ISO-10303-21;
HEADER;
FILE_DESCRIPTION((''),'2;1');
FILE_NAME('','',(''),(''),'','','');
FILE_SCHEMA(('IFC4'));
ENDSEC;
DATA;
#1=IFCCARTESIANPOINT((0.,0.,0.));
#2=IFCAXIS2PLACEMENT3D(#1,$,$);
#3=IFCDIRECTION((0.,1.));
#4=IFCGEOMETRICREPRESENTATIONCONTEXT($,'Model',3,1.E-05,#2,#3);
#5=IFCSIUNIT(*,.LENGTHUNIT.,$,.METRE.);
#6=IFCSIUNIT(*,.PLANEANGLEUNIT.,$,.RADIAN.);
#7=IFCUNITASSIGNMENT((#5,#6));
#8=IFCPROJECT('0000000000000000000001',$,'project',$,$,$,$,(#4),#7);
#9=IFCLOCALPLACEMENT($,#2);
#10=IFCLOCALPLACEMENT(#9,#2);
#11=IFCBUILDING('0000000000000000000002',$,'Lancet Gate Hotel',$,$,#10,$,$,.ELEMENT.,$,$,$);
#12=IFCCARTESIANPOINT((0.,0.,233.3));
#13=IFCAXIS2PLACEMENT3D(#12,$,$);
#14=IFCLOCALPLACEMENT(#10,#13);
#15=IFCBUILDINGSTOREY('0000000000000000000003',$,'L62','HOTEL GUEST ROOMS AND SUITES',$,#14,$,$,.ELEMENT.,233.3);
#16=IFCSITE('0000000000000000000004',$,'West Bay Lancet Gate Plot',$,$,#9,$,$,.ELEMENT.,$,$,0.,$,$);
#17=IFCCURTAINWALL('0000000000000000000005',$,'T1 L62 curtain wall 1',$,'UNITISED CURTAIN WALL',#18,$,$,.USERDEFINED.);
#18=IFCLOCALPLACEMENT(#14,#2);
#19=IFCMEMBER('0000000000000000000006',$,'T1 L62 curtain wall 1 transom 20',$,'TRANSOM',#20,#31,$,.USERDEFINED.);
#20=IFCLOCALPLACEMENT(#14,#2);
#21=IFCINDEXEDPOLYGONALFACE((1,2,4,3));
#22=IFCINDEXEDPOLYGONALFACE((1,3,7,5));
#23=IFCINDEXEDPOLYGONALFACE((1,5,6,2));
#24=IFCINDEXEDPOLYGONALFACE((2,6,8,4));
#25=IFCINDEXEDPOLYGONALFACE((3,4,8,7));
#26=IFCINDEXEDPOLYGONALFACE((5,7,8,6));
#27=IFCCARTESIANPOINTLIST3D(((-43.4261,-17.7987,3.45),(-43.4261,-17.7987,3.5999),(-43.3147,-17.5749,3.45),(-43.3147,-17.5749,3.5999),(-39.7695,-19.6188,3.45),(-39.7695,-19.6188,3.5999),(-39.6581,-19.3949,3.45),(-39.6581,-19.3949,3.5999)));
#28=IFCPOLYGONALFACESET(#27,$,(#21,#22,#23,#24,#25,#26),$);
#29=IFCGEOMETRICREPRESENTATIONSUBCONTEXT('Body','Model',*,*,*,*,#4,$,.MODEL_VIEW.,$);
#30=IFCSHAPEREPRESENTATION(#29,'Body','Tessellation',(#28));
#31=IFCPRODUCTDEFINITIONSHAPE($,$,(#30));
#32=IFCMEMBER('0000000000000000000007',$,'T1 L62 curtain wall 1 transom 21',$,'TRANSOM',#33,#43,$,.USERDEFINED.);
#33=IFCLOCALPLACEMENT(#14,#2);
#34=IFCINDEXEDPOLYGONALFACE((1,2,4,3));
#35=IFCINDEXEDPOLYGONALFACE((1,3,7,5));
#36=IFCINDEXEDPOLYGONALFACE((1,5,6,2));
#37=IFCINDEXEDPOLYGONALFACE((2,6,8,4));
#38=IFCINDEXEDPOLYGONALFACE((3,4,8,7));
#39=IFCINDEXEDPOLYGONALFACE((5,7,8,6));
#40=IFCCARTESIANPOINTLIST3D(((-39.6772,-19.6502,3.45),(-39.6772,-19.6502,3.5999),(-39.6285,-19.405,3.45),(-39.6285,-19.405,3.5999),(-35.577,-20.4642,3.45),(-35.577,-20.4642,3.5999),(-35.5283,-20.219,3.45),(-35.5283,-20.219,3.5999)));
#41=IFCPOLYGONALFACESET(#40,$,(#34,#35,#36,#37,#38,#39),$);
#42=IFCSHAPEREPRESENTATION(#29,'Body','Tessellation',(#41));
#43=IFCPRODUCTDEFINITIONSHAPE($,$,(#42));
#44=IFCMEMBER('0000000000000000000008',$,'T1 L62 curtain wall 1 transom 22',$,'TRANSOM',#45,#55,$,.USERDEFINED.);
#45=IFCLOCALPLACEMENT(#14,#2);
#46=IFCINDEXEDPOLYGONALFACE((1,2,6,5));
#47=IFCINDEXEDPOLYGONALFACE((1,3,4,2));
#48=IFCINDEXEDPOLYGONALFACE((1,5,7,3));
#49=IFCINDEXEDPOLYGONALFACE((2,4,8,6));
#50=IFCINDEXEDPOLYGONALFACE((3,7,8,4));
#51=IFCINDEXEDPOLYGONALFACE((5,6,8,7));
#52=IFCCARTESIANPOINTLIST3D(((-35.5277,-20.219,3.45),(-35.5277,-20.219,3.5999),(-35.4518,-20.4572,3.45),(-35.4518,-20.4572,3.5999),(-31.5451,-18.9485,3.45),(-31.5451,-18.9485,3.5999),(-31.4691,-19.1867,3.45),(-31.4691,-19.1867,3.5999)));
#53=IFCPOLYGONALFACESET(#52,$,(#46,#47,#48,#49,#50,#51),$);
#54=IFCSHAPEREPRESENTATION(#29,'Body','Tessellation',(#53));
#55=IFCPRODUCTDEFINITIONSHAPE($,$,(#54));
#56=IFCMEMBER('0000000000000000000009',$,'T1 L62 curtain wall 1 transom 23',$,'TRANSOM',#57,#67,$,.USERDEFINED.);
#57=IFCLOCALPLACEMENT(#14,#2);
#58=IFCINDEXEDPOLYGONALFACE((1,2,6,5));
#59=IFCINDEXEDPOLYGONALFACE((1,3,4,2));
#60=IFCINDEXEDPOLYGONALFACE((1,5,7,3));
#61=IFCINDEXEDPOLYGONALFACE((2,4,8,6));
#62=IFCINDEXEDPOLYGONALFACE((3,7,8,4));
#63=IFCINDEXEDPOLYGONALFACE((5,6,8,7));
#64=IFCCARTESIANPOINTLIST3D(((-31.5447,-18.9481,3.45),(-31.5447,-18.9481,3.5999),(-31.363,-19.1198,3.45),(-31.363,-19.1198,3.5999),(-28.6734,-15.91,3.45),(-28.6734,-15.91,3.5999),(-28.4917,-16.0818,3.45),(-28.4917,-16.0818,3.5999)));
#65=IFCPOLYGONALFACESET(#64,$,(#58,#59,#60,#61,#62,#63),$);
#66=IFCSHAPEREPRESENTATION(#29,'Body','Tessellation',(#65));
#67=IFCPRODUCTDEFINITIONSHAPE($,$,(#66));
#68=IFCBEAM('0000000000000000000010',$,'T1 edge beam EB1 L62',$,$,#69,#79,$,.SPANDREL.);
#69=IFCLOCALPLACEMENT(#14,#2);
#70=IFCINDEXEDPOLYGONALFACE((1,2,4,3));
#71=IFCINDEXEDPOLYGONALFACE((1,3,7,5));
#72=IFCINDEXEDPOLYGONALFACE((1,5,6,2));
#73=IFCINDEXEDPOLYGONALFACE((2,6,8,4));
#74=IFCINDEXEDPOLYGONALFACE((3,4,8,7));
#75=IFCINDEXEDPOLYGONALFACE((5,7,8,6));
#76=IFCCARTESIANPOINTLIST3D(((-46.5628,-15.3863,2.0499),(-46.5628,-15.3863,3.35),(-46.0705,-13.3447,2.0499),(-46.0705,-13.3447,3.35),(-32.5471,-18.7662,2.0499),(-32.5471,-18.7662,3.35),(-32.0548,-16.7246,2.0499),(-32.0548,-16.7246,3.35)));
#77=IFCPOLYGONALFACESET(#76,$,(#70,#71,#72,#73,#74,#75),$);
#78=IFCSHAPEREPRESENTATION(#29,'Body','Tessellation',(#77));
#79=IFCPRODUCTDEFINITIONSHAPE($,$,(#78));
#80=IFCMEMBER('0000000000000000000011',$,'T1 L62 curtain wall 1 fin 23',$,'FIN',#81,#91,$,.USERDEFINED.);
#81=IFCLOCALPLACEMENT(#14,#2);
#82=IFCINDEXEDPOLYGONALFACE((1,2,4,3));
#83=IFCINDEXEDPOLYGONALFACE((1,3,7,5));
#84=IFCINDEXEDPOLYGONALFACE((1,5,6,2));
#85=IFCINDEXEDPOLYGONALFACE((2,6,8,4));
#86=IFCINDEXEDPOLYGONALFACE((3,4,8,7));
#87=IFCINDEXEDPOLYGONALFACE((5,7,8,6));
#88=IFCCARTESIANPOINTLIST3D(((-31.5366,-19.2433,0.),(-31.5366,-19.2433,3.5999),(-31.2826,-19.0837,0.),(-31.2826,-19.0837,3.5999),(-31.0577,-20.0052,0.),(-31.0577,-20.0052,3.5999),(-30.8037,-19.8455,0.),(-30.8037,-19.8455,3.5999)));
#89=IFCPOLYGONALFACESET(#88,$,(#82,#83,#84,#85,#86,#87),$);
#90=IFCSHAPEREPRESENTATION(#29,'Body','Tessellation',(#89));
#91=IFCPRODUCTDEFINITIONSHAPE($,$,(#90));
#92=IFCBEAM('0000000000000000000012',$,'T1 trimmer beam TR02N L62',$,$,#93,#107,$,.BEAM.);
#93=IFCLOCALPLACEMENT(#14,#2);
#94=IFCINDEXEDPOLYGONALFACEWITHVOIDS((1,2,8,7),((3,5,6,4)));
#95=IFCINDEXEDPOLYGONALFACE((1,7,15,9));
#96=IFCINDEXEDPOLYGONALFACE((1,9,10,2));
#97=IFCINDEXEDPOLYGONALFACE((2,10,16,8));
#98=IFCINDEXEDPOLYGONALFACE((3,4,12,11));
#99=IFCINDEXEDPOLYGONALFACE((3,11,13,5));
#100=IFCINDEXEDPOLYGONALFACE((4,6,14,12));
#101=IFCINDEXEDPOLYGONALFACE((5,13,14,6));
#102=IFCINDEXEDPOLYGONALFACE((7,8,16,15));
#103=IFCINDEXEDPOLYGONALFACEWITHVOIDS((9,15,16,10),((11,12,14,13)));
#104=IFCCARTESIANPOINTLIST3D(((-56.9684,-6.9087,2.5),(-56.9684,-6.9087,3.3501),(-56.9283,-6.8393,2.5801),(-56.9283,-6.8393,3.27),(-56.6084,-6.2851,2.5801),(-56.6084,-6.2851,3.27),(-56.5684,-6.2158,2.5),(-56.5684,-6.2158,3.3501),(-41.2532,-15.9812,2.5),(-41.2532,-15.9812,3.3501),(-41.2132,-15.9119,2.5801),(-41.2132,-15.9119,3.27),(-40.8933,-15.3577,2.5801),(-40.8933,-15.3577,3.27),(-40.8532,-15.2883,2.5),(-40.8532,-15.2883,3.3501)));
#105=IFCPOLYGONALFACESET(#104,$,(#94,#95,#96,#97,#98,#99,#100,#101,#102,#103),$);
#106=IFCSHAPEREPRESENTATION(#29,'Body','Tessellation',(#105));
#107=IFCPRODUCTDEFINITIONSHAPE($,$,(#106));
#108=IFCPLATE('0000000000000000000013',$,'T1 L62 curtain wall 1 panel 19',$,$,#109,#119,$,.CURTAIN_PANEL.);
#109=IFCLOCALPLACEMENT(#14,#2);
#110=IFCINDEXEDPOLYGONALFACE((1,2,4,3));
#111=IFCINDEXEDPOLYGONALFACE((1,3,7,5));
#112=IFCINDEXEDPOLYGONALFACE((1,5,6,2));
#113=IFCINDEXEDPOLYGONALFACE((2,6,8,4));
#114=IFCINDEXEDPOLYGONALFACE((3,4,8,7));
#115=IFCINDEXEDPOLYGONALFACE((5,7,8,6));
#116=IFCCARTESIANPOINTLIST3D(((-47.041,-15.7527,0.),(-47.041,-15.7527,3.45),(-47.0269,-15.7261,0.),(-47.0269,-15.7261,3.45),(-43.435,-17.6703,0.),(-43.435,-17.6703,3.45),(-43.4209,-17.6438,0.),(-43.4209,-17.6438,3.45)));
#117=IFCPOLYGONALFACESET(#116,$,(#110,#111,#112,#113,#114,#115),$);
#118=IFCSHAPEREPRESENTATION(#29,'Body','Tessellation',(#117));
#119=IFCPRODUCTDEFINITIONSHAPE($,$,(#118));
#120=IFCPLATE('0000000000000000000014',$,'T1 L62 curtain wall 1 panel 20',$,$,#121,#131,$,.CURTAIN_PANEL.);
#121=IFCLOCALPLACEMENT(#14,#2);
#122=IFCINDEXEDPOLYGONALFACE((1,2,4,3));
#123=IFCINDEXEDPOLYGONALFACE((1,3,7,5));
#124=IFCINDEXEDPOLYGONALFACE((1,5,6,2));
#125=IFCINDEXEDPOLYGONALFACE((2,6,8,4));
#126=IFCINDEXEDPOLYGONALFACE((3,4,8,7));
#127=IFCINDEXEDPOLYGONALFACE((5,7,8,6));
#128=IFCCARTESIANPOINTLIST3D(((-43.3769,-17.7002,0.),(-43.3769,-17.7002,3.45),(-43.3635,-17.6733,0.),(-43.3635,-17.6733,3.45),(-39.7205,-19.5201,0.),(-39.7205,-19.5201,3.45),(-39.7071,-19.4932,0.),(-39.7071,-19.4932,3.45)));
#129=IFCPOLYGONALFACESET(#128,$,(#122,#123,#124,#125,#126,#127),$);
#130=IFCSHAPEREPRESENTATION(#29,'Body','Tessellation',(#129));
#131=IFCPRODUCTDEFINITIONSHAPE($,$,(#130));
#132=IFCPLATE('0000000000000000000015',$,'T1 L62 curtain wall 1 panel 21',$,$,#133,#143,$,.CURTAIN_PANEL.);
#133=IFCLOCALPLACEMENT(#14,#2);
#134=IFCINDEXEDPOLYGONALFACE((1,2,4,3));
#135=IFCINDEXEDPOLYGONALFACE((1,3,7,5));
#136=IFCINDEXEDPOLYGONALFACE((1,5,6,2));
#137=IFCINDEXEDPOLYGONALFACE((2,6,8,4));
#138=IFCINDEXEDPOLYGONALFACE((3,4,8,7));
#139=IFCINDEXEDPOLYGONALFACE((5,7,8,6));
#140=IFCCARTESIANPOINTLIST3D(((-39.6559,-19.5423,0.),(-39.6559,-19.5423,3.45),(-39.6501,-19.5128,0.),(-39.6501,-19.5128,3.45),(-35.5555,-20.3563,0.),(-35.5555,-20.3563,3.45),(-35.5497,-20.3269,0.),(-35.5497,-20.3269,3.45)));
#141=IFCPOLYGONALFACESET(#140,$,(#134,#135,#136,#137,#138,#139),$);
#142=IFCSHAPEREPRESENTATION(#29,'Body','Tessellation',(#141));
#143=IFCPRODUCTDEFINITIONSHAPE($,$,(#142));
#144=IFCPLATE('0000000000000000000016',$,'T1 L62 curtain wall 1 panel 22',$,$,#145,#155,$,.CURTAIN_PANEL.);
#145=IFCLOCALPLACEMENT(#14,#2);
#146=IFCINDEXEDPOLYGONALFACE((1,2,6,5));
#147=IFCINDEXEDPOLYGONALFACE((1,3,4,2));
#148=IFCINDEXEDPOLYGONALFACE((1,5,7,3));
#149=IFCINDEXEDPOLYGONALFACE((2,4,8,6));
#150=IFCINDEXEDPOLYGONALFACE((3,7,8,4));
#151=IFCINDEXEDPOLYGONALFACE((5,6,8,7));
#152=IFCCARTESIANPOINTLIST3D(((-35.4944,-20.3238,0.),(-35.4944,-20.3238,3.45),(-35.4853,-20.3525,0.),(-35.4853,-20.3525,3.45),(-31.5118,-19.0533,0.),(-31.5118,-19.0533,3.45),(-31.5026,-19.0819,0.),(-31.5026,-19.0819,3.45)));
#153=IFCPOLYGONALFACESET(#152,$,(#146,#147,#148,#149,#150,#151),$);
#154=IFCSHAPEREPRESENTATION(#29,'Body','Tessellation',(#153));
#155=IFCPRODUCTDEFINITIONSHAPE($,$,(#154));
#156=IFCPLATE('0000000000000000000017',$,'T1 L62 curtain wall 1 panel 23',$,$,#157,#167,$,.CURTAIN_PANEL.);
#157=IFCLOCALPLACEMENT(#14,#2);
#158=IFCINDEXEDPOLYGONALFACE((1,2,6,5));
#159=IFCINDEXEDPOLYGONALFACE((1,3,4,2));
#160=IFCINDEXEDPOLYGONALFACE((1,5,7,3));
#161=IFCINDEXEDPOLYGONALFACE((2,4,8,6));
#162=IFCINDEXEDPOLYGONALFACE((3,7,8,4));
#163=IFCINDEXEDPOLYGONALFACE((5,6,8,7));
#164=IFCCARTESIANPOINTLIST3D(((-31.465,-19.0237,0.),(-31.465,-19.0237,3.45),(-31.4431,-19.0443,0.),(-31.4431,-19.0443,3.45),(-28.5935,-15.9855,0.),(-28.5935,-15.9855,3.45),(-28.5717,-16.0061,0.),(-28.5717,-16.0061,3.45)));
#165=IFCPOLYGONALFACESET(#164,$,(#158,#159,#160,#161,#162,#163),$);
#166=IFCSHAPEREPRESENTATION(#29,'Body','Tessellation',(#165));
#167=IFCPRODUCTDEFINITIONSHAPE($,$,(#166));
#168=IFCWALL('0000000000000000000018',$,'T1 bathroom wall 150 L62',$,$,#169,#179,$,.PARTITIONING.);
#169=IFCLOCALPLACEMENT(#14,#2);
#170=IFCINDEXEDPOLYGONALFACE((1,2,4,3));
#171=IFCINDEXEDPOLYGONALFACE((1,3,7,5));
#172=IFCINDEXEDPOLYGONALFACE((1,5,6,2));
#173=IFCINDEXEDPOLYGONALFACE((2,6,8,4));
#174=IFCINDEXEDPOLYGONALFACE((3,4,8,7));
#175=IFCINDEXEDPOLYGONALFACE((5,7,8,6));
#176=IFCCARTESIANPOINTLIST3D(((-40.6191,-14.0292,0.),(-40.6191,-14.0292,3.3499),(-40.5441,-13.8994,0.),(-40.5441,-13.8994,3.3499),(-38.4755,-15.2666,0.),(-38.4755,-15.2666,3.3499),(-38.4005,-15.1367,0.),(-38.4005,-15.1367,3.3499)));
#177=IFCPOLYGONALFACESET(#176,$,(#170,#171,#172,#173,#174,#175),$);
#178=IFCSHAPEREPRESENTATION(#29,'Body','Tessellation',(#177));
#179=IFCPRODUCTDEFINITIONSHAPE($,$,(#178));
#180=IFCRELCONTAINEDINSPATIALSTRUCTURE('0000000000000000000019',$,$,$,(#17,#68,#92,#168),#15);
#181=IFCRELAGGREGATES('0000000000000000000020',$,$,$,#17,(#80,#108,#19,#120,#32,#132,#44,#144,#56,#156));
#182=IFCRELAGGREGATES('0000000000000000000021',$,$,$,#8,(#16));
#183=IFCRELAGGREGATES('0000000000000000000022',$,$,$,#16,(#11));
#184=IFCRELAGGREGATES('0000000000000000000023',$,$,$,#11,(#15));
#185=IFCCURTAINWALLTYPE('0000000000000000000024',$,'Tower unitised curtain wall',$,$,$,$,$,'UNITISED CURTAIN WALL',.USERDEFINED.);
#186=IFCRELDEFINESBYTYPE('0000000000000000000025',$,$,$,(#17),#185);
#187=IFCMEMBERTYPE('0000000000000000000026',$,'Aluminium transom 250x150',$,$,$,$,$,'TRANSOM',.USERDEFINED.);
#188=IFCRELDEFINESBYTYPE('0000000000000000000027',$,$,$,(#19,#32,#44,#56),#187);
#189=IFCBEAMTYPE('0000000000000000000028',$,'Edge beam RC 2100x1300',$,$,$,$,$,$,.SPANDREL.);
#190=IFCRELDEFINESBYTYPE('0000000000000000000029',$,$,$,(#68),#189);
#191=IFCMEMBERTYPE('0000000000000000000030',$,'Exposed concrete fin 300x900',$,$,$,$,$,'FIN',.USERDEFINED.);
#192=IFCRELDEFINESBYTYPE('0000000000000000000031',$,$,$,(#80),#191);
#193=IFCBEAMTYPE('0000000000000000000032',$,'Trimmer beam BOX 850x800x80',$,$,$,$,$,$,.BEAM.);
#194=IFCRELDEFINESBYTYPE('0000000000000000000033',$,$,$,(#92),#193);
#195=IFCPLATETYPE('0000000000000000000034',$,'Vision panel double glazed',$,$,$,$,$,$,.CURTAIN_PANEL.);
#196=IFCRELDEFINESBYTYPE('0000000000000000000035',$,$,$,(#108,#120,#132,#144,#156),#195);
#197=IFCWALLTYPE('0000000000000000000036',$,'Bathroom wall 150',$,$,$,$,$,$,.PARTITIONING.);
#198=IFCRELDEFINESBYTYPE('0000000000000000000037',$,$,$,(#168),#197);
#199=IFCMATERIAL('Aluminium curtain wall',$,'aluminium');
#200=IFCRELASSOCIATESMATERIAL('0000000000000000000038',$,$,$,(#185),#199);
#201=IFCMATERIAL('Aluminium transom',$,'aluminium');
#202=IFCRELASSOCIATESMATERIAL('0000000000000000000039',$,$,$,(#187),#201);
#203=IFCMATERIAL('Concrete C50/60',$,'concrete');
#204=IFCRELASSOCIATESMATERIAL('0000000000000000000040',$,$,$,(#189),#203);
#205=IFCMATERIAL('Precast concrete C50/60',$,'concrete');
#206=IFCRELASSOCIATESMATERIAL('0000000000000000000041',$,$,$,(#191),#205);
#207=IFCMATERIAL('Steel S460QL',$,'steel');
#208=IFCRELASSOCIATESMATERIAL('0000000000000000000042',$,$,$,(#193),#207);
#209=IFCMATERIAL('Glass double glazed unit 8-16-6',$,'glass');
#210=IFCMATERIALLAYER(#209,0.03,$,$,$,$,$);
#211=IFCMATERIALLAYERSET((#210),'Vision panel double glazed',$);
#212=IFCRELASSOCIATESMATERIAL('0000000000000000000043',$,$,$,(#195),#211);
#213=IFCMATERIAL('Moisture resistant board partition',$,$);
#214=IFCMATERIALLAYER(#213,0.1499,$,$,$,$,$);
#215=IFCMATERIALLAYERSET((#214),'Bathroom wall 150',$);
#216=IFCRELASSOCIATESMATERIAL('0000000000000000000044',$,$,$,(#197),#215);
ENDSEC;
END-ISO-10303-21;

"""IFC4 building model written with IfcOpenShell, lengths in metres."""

from ifc_helpers import new_model, si_unit, direction, frame, frame_2d, origin, origin_2d, place, context, subcontext, project, spatial, rectangle, hollow_rectangle, extrude, material, layer, layer_set, material_profile, profile_set, type_object, element, aggregate, save


model = new_model("IFC4")

# Units and contexts
model_context = context("Model", 3, precision=1e-05, world=origin(), true_north=direction((0.0, 1.0)))
body_context = subcontext(model_context, "Body", "Model", "MODEL_VIEW")
ifc_project = project(units=[si_unit("LENGTHUNIT", "METRE"), si_unit("PLANEANGLEUNIT", "RADIAN")], contexts=[model_context])

# Site, building, storey
site_placement = place(None, origin())
site = spatial("IfcSite", under=ifc_project, at=site_placement, Name="West Bay Lancet Gate Plot", CompositionType="ELEMENT", RefElevation=0.0)
building_placement = place(site_placement, origin())
building = spatial("IfcBuilding", under=site, at=building_placement, Name="Lancet Gate Hotel", CompositionType="ELEMENT")
storey_placement = place(building_placement, frame((0.0, 0.0, 233.3)))
storey = spatial("IfcBuildingStorey", under=building, at=storey_placement, Name="L62", Description="HOTEL GUEST ROOMS AND SUITES", CompositionType="ELEMENT", Elevation=233.3)

# Curtain wall, members
ifc_material_1 = material(Name="Aluminium curtain wall", Category="aluminium")
curtain_wall_type = type_object("IfcCurtainWallType", Name="Tower unitised curtain wall", ElementType="UNITISED CURTAIN WALL", PredefinedType="USERDEFINED", material=ifc_material_1)
curtain_wall_placement = place(storey_placement, origin())
curtain_wall = element("IfcCurtainWall", 1, at=curtain_wall_placement, inside=storey, type_object=curtain_wall_type, Name="T1 L62 curtain wall 1", ObjectType="UNITISED CURTAIN WALL", PredefinedType="USERDEFINED")
ifc_material_2 = material(Name="Aluminium transom", Category="aluminium")
ifc_material_profile_1 = material_profile(ifc_material_2, rectangle(XDim=0.25, YDim=0.1499, at=origin_2d()), Name="TRANSOM 250x150")
ifc_profile_set_1 = profile_set([ifc_material_profile_1], Name="Aluminium transom")
member_type_1 = type_object("IfcMemberType", Name="Aluminium transom 250x150", ElementType="TRANSOM", PredefinedType="USERDEFINED", material=ifc_profile_set_1)
member_1_placement = place(storey_placement, frame((-43.3704, -17.6868, 3.5249), z_axis=(0.895227, -0.445611, 0.0), x_axis=(0.445611, 0.895227, 0.0)))
member_1 = element("IfcMember", 2, at=member_1_placement, type_object=member_type_1, Name="T1 L62 curtain wall 1 transom 20", ObjectType="TRANSOM", PredefinedType="USERDEFINED", context=body_context, shape_type="SweptSolid", body=[
    extrude(rectangle(XDim=0.25, YDim=0.1499, at=origin_2d()), origin(), (0.0, 0.0, 1.0), 4.0845),
])
member_2_placement = place(storey_placement, frame((-39.6528, -19.5276, 3.5249), z_axis=(0.980858, -0.194723, 0.0), x_axis=(0.194723, 0.980858, 0.0)))
member_2 = element("IfcMember", 3, at=member_2_placement, type_object=member_type_1, Name="T1 L62 curtain wall 1 transom 21", ObjectType="TRANSOM", PredefinedType="USERDEFINED", context=body_context, shape_type="SweptSolid", body=[
    extrude(rectangle(XDim=0.25, YDim=0.1499, at=origin_2d()), origin(), (0.0, 0.0, 1.0), 4.1802),
])
member_3_placement = place(storey_placement, frame((-35.4897, -20.3381, 3.5249), z_axis=(0.952698, 0.30392, 0.0), x_axis=(-0.30392, 0.952698, 0.0)))
member_3 = element("IfcMember", 4, at=member_3_placement, type_object=member_type_1, Name="T1 L62 curtain wall 1 transom 22", ObjectType="TRANSOM", PredefinedType="USERDEFINED", context=body_context, shape_type="SweptSolid", body=[
    extrude(rectangle(XDim=0.25, YDim=0.1499, at=origin_2d()), origin(), (0.0, 0.0, 1.0), 4.1804),
])
member_4_placement = place(storey_placement, frame((-31.4539, -19.0339, 3.5249), z_axis=(0.686881, 0.72677, 0.0), x_axis=(-0.72677, 0.686881, 0.0)))
member_4 = element("IfcMember", 5, at=member_4_placement, type_object=member_type_1, Name="T1 L62 curtain wall 1 transom 23", ObjectType="TRANSOM", PredefinedType="USERDEFINED", context=body_context, shape_type="SweptSolid", body=[
    extrude(rectangle(XDim=0.25, YDim=0.1499, at=origin_2d()), origin(), (0.0, 0.0, 1.0), 4.1802),
])

# Beam
ifc_material_3 = material(Name="Concrete C50/60", Category="concrete")
ifc_material_profile_2 = material_profile(ifc_material_3, rectangle(XDim=2.1001, YDim=1.3, at=origin_2d()), Name="RC 2100x1300")
ifc_profile_set_2 = profile_set([ifc_material_profile_2], Name="Concrete C50/60")
beam_type_1 = type_object("IfcBeamType", Name="Edge beam RC 2100x1300", PredefinedType="SPANDREL", material=ifc_profile_set_2)
beam_1_placement = place(storey_placement, frame((-46.3167, -14.3655, 2.7), z_axis=(0.972133, -0.234431, 0.0), x_axis=(0.234431, 0.972133, 0.0)))
element("IfcBeam", 6, at=beam_1_placement, inside=storey, type_object=beam_type_1, Name="T1 edge beam EB1 L62", PredefinedType="SPANDREL", context=body_context, shape_type="SweptSolid", body=[
    extrude(rectangle(XDim=2.1001, YDim=1.3, at=origin_2d()), origin(), (0.0, 0.0, 1.0), 14.4175),
])

# Member
ifc_material_4 = material(Name="Precast concrete C50/60", Category="concrete")
ifc_material_profile_3 = material_profile(ifc_material_4, rectangle(XDim=0.3, YDim=0.8999, at=origin_2d()), Name="FIN 300x900")
ifc_profile_set_3 = profile_set([ifc_material_profile_3], Name="Precast concrete C50/60")
member_type_2 = type_object("IfcMemberType", Name="Exposed concrete fin 300x900", ElementType="FIN", PredefinedType="USERDEFINED", material=ifc_profile_set_3)
member_5_placement = place(storey_placement, frame((-31.1702, -19.5444, 0.0), z_axis=(0.0, 0.0, 1.0), x_axis=(0.846613, 0.532209, 0.0)))
member_5 = element("IfcMember", 7, at=member_5_placement, type_object=member_type_2, Name="T1 L62 curtain wall 1 fin 23", ObjectType="FIN", PredefinedType="USERDEFINED", context=body_context, shape_type="SweptSolid", body=[
    extrude(rectangle(XDim=0.3, YDim=0.8999, at=origin_2d()), origin(), (0.0, 0.0, 1.0), 3.5999),
])

# Beam
ifc_material_5 = material(Name="Steel S460QL", Category="steel")
ifc_material_profile_4 = material_profile(ifc_material_5, hollow_rectangle(XDim=0.8, YDim=0.8501, WallThickness=0.0801, at=origin_2d()), Name="BOX 850x800x80")
ifc_profile_set_4 = profile_set([ifc_material_profile_4], Name="Steel S460QL")
beam_type_2 = type_object("IfcBeamType", Name="Trimmer beam BOX 850x800x80", PredefinedType="BEAM", material=ifc_profile_set_4)
beam_2_placement = place(storey_placement, frame((-41.0532, -15.6348, 2.925), z_axis=(-0.86604, 0.499975, 0.0), x_axis=(-0.499975, -0.86604, 0.0)))
element("IfcBeam", 8, at=beam_2_placement, inside=storey, type_object=beam_type_2, Name="T1 trimmer beam TR02N L62", PredefinedType="BEAM", context=body_context, shape_type="SweptSolid", body=[
    extrude(hollow_rectangle(XDim=0.8, YDim=0.8501, WallThickness=0.0801, at=origin_2d()), origin(), (0.0, 0.0, 1.0), 18.146),
])

# Plates
ifc_material_6 = material(Name="Glass double glazed unit 8-16-6", Category="glass")
ifc_layer_1 = layer(ifc_material_6, 0.03)
ifc_layer_set_1 = layer_set([ifc_layer_1], Name="Vision panel double glazed")
plate_type = type_object("IfcPlateType", Name="Vision panel double glazed", PredefinedType="CURTAIN_PANEL", material=ifc_layer_set_1)
plate_1_placement = place(storey_placement, frame((-45.231, -16.6982, 0.0), z_axis=(0.0, 0.0, 1.0), x_axis=(0.882916, -0.469531, 0.0)))
plate_1 = element("IfcPlate", 9, at=plate_1_placement, type_object=plate_type, Name="T1 L62 curtain wall 1 panel 19", PredefinedType="CURTAIN_PANEL", context=body_context, shape_type="SweptSolid", body=[
    extrude(rectangle(XDim=4.0842, YDim=0.03, at=origin_2d()), origin(), (0.0, 0.0, 1.0), 3.45),
])
plate_2_placement = place(storey_placement, frame((-41.542, -18.5967, 0.0), z_axis=(0.0, 0.0, 1.0), x_axis=(0.895234, -0.445596, 0.0)))
plate_2 = element("IfcPlate", 10, at=plate_2_placement, type_object=plate_type, Name="T1 L62 curtain wall 1 panel 20", PredefinedType="CURTAIN_PANEL", context=body_context, shape_type="SweptSolid", body=[
    extrude(rectangle(XDim=4.0842, YDim=0.03, at=origin_2d()), origin(), (0.0, 0.0, 1.0), 3.45),
])
plate_3_placement = place(storey_placement, frame((-37.6028, -19.9346, 0.0), z_axis=(0.0, 0.0, 1.0), x_axis=(0.980857, -0.194731, 0.0)))
plate_3 = element("IfcPlate", 11, at=plate_3_placement, type_object=plate_type, Name="T1 L62 curtain wall 1 panel 21", PredefinedType="CURTAIN_PANEL", context=body_context, shape_type="SweptSolid", body=[
    extrude(rectangle(XDim=4.1804, YDim=0.03, at=origin_2d()), origin(), (0.0, 0.0, 1.0), 3.45),
])
plate_4_placement = place(storey_placement, frame((-33.4985, -19.7029, 0.0), z_axis=(0.0, 0.0, 1.0), x_axis=(0.952696, 0.303926, 0.0)))
plate_4 = element("IfcPlate", 12, at=plate_4_placement, type_object=plate_type, Name="T1 L62 curtain wall 1 panel 22", PredefinedType="CURTAIN_PANEL", context=body_context, shape_type="SweptSolid", body=[
    extrude(rectangle(XDim=4.1804, YDim=0.03, at=origin_2d()), origin(), (0.0, 0.0, 1.0), 3.45),
])
plate_5_placement = place(storey_placement, frame((-30.0183, -17.5149, 0.0), z_axis=(0.0, 0.0, 1.0), x_axis=(0.686883, 0.726768, 0.0)))
plate_5 = element("IfcPlate", 13, at=plate_5_placement, type_object=plate_type, Name="T1 L62 curtain wall 1 panel 23", PredefinedType="CURTAIN_PANEL", context=body_context, shape_type="SweptSolid", body=[
    extrude(rectangle(XDim=4.1804, YDim=0.03, at=origin_2d()), origin(), (0.0, 0.0, 1.0), 3.45),
])
aggregate(curtain_wall, [member_5, plate_1, member_1, plate_2, member_2, plate_3, member_3, plate_4, member_4, plate_5])

# Wall
ifc_material_7 = material(Name="Moisture resistant board partition")
ifc_layer_2 = layer(ifc_material_7, 0.1499)
ifc_layer_set_2 = layer_set([ifc_layer_2], Name="Bathroom wall 150")
wall_type_1 = type_object("IfcWallType", Name="Bathroom wall 150", PredefinedType="PARTITIONING", material=ifc_layer_set_2)
wall_1_placement = place(storey_placement, frame((-38.438, -15.2017, 0.0), z_axis=(0.0, 0.0, 1.0), x_axis=(-0.866074, 0.499916, 0.0)))
element("IfcWall", 14, at=wall_1_placement, inside=storey, type_object=wall_type_1, Name="T1 bathroom wall 150 L62", PredefinedType="PARTITIONING", context=body_context, shape_type="SweptSolid", body=[
    extrude(rectangle(XDim=2.4751, YDim=0.1499, at=frame_2d((1.2375, 0.0))), origin(), (0.0, 0.0, 1.0), 3.3499),
])

save(model, "model.ifc")
